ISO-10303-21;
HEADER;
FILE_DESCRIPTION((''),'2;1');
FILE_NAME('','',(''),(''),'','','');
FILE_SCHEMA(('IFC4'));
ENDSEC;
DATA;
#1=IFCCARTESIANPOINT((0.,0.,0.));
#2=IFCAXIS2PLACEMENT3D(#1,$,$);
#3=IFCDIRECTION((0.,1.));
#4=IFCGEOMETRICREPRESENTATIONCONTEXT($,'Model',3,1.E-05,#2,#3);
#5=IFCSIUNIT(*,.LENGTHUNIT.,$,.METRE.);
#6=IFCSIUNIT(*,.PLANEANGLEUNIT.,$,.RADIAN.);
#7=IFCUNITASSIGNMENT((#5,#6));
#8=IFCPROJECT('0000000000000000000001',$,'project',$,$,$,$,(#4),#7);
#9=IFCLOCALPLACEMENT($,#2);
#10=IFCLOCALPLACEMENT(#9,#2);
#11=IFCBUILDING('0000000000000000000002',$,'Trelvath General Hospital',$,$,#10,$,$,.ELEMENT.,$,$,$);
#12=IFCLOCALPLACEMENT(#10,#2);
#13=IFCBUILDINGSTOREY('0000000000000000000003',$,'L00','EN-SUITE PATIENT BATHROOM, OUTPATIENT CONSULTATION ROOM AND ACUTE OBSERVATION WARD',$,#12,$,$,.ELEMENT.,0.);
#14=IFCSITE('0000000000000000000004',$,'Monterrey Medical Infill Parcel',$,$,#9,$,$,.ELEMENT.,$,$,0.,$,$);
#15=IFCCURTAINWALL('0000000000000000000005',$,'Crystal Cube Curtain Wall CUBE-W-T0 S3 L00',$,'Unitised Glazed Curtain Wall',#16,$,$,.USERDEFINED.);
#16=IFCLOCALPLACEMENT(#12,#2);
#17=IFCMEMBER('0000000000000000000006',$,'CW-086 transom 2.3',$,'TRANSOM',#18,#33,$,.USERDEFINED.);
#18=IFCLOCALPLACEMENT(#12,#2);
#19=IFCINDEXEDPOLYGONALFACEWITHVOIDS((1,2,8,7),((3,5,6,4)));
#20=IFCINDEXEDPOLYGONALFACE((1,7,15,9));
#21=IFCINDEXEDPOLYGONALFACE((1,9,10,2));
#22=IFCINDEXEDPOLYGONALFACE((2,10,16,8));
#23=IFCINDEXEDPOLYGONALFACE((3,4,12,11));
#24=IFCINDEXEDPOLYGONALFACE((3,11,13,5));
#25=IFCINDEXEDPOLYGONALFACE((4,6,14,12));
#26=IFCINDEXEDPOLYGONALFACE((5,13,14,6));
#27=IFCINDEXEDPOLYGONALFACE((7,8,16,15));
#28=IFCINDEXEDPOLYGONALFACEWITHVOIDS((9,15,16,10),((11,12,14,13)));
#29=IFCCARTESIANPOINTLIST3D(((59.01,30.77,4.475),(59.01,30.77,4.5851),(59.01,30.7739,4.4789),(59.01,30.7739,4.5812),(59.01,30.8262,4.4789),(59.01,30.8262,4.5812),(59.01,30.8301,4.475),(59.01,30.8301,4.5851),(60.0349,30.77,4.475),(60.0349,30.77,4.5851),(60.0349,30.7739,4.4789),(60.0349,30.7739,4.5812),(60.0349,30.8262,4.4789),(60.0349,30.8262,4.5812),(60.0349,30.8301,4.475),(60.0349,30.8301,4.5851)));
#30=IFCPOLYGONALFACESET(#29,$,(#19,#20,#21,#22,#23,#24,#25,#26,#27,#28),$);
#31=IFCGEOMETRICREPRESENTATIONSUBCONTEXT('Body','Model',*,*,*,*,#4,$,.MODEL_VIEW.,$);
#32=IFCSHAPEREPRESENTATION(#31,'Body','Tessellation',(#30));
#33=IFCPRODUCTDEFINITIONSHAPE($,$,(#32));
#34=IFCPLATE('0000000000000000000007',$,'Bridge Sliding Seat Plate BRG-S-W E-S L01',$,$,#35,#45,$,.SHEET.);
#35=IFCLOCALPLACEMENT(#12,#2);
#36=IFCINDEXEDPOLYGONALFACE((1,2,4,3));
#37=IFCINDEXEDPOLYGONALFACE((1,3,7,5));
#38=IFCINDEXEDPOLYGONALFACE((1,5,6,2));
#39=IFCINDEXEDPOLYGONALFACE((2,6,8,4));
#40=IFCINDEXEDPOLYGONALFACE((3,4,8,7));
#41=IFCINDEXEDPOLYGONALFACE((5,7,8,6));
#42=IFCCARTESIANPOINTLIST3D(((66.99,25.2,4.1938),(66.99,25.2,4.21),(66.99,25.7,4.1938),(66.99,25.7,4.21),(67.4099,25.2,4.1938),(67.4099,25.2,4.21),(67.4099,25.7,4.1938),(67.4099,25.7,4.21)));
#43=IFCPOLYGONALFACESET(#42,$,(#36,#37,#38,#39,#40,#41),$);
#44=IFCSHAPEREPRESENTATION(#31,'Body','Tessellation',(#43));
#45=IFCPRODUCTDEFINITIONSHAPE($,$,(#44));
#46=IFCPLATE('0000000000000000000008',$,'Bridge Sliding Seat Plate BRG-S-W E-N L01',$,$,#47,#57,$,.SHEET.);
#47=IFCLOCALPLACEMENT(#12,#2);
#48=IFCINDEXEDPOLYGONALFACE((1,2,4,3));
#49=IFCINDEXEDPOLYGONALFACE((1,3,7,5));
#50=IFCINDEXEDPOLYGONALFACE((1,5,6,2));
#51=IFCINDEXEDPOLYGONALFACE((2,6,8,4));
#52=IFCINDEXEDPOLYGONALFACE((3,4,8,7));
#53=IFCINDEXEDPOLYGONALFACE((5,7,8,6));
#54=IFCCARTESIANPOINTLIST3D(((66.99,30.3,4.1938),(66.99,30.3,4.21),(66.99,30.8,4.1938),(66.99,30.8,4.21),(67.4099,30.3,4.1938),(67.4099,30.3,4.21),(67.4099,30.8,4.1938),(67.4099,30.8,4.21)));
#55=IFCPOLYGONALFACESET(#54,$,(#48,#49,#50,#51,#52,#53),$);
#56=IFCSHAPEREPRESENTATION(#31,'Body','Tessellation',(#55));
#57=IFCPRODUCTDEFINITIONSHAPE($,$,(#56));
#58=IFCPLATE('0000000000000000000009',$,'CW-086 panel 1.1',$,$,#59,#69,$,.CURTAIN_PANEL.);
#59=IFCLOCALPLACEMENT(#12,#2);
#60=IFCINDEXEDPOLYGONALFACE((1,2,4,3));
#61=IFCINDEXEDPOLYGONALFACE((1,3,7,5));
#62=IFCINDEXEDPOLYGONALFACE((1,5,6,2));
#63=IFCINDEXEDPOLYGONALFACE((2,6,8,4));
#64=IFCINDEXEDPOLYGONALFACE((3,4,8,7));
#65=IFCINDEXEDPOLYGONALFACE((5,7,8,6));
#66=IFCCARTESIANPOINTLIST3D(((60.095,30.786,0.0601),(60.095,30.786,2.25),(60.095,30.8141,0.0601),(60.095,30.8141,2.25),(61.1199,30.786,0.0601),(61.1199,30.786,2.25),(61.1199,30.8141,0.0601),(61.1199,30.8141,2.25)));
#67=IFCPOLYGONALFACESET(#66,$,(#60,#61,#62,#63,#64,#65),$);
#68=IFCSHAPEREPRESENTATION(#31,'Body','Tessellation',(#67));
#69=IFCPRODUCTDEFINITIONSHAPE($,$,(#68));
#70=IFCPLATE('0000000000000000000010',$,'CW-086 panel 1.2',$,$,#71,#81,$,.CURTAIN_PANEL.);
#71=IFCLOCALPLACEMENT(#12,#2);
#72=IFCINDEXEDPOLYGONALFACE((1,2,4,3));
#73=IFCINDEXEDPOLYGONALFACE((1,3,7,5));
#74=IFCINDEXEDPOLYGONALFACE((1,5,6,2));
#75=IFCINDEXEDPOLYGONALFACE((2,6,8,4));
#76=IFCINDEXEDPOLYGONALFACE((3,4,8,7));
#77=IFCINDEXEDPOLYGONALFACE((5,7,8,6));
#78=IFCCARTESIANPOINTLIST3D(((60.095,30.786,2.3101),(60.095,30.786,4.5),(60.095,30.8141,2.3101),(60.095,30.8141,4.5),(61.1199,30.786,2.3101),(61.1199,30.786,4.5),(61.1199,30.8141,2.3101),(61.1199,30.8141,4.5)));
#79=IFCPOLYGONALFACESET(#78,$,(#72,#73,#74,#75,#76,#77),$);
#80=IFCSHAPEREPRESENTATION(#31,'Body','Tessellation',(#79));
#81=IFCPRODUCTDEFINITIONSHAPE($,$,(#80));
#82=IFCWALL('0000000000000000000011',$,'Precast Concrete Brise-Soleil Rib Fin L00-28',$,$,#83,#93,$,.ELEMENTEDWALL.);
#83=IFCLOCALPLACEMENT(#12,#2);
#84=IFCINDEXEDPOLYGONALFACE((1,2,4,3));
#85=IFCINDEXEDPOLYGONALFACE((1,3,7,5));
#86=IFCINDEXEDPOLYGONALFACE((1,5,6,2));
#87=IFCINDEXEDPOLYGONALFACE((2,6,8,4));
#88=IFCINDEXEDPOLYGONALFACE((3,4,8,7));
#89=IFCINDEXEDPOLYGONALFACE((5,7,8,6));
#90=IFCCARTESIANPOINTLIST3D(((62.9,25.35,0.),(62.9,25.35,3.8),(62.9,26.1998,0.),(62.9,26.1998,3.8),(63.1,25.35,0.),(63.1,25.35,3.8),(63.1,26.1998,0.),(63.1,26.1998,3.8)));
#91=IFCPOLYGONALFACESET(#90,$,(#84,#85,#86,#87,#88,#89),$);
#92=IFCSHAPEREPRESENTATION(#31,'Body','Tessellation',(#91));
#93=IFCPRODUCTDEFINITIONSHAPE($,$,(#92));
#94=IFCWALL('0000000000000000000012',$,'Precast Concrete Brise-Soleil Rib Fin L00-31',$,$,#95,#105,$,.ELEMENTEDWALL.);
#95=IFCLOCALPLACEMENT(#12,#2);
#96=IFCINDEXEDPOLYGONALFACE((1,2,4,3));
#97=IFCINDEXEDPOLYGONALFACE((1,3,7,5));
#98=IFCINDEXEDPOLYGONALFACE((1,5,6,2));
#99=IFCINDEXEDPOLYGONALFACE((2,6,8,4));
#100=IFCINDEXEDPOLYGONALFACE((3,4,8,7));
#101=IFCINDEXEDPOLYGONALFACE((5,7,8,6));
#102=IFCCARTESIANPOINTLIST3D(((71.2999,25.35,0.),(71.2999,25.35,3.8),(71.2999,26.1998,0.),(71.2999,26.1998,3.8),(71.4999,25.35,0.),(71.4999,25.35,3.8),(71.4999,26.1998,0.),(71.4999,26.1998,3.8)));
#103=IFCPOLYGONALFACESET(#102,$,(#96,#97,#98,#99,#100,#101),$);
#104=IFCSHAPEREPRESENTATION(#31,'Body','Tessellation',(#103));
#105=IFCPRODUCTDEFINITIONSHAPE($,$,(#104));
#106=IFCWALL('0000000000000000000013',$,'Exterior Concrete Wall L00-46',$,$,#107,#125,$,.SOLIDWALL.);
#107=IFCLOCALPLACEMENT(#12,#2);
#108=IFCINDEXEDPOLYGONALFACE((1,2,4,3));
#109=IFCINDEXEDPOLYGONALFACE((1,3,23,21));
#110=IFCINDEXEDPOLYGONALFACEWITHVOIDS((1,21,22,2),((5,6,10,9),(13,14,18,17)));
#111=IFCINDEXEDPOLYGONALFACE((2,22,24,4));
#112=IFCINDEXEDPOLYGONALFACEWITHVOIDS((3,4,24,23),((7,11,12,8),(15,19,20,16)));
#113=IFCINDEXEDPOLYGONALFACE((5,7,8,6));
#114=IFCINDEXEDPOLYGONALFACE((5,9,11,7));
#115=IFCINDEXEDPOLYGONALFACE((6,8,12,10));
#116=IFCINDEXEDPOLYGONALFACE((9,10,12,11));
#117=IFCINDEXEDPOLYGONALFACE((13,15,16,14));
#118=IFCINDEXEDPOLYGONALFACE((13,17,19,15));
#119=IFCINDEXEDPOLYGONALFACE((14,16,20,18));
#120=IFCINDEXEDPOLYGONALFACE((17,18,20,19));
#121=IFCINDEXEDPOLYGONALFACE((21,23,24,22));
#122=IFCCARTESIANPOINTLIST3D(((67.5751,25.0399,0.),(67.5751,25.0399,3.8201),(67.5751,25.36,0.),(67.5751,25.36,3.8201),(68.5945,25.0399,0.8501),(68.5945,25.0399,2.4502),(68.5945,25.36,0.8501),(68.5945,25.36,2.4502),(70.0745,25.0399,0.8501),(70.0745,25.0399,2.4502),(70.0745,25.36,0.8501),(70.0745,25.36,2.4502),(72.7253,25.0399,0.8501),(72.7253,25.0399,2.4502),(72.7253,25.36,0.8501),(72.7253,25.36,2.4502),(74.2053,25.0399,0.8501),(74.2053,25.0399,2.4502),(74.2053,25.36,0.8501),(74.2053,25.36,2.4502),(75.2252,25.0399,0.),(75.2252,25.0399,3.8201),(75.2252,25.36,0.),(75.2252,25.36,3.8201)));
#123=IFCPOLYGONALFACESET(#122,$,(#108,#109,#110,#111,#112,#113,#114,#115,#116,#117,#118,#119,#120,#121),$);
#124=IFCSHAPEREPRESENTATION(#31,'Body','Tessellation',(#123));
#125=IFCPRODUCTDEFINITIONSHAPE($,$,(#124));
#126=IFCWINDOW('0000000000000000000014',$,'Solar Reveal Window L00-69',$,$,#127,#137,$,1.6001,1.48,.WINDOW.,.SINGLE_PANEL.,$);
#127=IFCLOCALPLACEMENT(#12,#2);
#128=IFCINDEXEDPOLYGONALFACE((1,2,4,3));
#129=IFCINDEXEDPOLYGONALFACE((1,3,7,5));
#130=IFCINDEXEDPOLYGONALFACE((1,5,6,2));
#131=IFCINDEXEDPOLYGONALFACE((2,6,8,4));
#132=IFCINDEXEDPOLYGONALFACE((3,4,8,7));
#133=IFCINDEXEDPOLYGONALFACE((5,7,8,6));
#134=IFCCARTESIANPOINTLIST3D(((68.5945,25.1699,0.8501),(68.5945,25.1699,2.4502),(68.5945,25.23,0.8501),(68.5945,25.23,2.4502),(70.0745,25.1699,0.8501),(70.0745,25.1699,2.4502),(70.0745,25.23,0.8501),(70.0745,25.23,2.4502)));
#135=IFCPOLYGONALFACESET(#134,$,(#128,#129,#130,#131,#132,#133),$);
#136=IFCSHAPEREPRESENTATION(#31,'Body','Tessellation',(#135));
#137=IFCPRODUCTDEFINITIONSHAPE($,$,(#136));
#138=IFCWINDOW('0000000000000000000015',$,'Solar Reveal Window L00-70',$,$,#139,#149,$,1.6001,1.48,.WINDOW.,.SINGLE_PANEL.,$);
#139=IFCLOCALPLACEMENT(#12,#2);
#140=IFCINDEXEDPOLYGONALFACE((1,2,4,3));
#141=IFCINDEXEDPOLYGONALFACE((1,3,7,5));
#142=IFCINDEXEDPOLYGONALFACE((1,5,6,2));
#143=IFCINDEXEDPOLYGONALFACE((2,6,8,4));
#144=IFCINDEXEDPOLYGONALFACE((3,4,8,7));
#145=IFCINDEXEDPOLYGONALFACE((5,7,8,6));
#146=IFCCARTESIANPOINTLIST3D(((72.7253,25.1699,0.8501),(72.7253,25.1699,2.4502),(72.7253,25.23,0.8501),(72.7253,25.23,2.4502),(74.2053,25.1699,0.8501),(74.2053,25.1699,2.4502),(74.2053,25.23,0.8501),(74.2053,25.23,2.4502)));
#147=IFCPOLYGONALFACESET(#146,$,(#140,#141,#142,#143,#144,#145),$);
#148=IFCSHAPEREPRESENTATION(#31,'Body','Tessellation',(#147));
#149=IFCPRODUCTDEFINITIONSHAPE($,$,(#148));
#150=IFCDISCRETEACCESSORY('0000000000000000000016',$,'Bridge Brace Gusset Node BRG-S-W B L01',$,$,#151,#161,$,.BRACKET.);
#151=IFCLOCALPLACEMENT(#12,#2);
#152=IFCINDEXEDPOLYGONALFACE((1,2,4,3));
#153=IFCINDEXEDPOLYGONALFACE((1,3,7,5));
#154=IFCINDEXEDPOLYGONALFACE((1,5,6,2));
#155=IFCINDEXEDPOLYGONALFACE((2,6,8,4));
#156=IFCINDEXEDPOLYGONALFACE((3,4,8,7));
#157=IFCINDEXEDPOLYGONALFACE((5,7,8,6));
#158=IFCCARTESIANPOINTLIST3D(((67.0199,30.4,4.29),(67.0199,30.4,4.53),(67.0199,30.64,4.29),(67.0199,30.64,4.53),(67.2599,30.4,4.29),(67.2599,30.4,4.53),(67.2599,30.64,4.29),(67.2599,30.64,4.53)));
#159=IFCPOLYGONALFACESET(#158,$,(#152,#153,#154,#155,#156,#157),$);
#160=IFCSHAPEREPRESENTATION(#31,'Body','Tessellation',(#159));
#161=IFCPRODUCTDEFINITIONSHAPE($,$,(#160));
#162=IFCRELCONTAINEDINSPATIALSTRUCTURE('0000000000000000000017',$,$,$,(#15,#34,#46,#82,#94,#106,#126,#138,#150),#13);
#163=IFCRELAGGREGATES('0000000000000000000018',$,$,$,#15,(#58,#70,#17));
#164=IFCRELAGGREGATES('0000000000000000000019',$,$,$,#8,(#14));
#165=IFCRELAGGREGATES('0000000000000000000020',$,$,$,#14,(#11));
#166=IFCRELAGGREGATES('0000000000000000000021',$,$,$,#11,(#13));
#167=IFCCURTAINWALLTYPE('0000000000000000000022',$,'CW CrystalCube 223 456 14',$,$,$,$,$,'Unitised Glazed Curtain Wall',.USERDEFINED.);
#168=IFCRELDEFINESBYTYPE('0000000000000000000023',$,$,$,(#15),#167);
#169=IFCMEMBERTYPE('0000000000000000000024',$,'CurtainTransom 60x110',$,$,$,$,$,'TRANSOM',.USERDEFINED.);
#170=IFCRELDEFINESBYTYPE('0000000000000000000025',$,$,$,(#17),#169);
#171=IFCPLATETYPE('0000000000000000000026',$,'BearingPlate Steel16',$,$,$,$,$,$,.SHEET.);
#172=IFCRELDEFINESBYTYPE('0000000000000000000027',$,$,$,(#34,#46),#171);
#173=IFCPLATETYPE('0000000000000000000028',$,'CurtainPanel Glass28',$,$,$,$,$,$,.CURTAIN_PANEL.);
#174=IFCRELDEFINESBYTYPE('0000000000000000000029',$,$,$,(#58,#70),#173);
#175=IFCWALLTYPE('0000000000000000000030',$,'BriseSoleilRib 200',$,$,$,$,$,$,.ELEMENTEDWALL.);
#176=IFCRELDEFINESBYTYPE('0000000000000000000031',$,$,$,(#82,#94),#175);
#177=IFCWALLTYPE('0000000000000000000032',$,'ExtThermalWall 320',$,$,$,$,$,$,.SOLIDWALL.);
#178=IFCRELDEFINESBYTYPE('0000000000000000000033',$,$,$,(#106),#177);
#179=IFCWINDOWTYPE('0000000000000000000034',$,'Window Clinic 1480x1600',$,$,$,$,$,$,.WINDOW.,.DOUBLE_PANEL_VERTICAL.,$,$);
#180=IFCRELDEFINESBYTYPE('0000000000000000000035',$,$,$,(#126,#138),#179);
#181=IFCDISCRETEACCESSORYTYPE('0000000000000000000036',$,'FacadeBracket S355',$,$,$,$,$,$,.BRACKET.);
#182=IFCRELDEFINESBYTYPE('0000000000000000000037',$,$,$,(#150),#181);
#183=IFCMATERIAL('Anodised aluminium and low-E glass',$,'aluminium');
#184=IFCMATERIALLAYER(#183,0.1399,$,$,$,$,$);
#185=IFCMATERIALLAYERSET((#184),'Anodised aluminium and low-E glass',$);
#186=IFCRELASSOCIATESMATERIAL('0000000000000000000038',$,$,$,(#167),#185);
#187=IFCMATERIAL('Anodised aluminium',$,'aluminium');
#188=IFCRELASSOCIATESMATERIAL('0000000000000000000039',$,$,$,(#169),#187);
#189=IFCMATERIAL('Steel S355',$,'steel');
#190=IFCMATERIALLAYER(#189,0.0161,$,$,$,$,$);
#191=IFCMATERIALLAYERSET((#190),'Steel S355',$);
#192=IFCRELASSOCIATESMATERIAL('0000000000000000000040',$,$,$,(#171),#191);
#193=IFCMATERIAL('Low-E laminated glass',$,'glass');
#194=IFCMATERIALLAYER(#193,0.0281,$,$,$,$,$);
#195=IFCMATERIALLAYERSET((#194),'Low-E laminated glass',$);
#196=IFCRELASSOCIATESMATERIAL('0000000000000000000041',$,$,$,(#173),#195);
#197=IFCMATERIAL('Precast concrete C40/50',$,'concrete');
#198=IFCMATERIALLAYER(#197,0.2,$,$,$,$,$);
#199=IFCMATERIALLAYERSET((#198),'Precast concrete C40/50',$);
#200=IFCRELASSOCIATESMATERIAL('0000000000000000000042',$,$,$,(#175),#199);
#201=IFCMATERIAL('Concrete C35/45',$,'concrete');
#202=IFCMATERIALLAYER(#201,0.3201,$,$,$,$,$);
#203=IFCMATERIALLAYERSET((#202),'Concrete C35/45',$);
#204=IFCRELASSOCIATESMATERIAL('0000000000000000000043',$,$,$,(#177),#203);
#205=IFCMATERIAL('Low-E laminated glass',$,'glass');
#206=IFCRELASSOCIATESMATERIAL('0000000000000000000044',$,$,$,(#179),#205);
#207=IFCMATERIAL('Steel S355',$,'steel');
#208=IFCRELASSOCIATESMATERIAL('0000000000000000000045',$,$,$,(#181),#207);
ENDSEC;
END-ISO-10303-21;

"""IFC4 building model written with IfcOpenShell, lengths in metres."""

from ifc_helpers import new_model, si_unit, direction, frame, frame_2d, origin, origin_2d, place, context, subcontext, project, spatial, rectangle, hollow_rectangle, extrude, material, layer, layer_set, material_profile, profile_set, type_object, element, fill, aggregate, save


model = new_model("IFC4")

# Units and contexts
model_context = context("Model", 3, precision=1e-05, world=origin(), true_north=direction((0.0, 1.0)))
body_context = subcontext(model_context, "Body", "Model", "MODEL_VIEW")
ifc_project = project(units=[si_unit("LENGTHUNIT", "METRE"), si_unit("PLANEANGLEUNIT", "RADIAN")], contexts=[model_context])

# Site, building, storey
site_placement = place(None, origin())
site = spatial("IfcSite", under=ifc_project, at=site_placement, Name="Monterrey Medical Infill Parcel", CompositionType="ELEMENT", RefElevation=0.0)
building_placement = place(site_placement, origin())
building = spatial("IfcBuilding", under=site, at=building_placement, Name="Trelvath General Hospital", CompositionType="ELEMENT")
storey_placement = place(building_placement, origin())
storey = spatial("IfcBuildingStorey", under=building, at=storey_placement, Name="L00", Description="EN-SUITE PATIENT BATHROOM, OUTPATIENT CONSULTATION ROOM AND ACUTE OBSERVATION WARD", CompositionType="ELEMENT", Elevation=0.0)

# Curtain wall, member
ifc_material_1 = material(Name="Anodised aluminium and low-E glass", Category="aluminium")
ifc_layer_1 = layer(ifc_material_1, 0.1399)
ifc_layer_set_1 = layer_set([ifc_layer_1], Name="Anodised aluminium and low-E glass")
curtain_wall_type = type_object("IfcCurtainWallType", Name="CW CrystalCube 223 456 14", ElementType="Unitised Glazed Curtain Wall", PredefinedType="USERDEFINED", material=ifc_layer_set_1)
curtain_wall_placement = place(storey_placement, origin())
curtain_wall = element("IfcCurtainWall", 1, at=curtain_wall_placement, inside=storey, type_object=curtain_wall_type, Name="Crystal Cube Curtain Wall CUBE-W-T0 S3 L00", ObjectType="Unitised Glazed Curtain Wall", PredefinedType="USERDEFINED")
ifc_material_2 = material(Name="Anodised aluminium", Category="aluminium")
ifc_material_profile_1 = material_profile(ifc_material_2, hollow_rectangle(XDim=0.0601, YDim=0.1101, WallThickness=0.0039, at=origin_2d()), Name="RHS60x110x4")
ifc_profile_set_1 = profile_set([ifc_material_profile_1], Name="Anodised aluminium")
member_type_1 = type_object("IfcMemberType", Name="CurtainTransom 60x110", ElementType="TRANSOM", PredefinedType="USERDEFINED", material=ifc_profile_set_1)
member_1_placement = place(storey_placement, frame((60.0349, 30.8, 4.53), z_axis=(-1.0, 0.0, 0.0), x_axis=(0.0, -1.0, 0.0)))
member_1 = element("IfcMember", 2, at=member_1_placement, type_object=member_type_1, Name="CW-086 transom 2.3", ObjectType="TRANSOM", PredefinedType="USERDEFINED", context=body_context, shape_type="SweptSolid", body=[
    extrude(hollow_rectangle(XDim=0.0601, YDim=0.1101, WallThickness=0.0039, at=origin_2d()), origin(), (0.0, 0.0, 1.0), 1.0249),
])

# Plates
ifc_material_3 = material(Name="Steel S355", Category="steel")
ifc_layer_2 = layer(ifc_material_3, 0.0161)
ifc_layer_set_2 = layer_set([ifc_layer_2], Name="Steel S355")
plate_type_1 = type_object("IfcPlateType", Name="BearingPlate Steel16", PredefinedType="SHEET", material=ifc_layer_set_2)
for number, where, z_axis, x_axis, name in (
    (3, (67.2, 25.45, 4.1938), (0.0, 0.0, 1.0), (1.0, 0.0, 0.0), "Bridge Sliding Seat Plate BRG-S-W E-S L01"),
    (4, (67.2, 30.55, 4.1938), (0.0, 0.0, 1.0), (1.0, 0.0, 0.0), "Bridge Sliding Seat Plate BRG-S-W E-N L01"),
):
    element("IfcPlate", number, at=place(storey_placement, frame(where, z_axis=z_axis, x_axis=x_axis)), inside=storey, type_object=plate_type_1, Name=name, PredefinedType="SHEET", context=body_context, shape_type="SweptSolid", body=[
        extrude(rectangle(XDim=0.4199, YDim=0.5, at=origin_2d()), origin(), (0.0, 0.0, 1.0), 0.0161),
    ])

# Plates
ifc_material_4 = material(Name="Low-E laminated glass", Category="glass")
ifc_layer_3 = layer(ifc_material_4, 0.0281)
ifc_layer_set_3 = layer_set([ifc_layer_3], Name="Low-E laminated glass")
plate_type_2 = type_object("IfcPlateType", Name="CurtainPanel Glass28", PredefinedType="CURTAIN_PANEL", material=ifc_layer_set_3)
plate_1_placement = place(storey_placement, frame((60.6074, 30.8, 0.0601), z_axis=(0.0, 0.0, 1.0), x_axis=(-1.0, 0.0, 0.0)))
plate_1 = element("IfcPlate", 5, at=plate_1_placement, type_object=plate_type_2, Name="CW-086 panel 1.1", PredefinedType="CURTAIN_PANEL", context=body_context, shape_type="SweptSolid", body=[
    extrude(rectangle(XDim=1.0249, YDim=0.0281, at=origin_2d()), origin(), (0.0, 0.0, 1.0), 2.1899),
])
plate_2_placement = place(storey_placement, frame((60.6074, 30.8, 2.3101), z_axis=(0.0, 0.0, 1.0), x_axis=(-1.0, 0.0, 0.0)))
plate_2 = element("IfcPlate", 6, at=plate_2_placement, type_object=plate_type_2, Name="CW-086 panel 1.2", PredefinedType="CURTAIN_PANEL", context=body_context, shape_type="SweptSolid", body=[
    extrude(rectangle(XDim=1.0249, YDim=0.0281, at=origin_2d()), origin(), (0.0, 0.0, 1.0), 2.1899),
])
aggregate(curtain_wall, [plate_1, plate_2, member_1])

# Walls
ifc_material_5 = material(Name="Precast concrete C40/50", Category="concrete")
ifc_layer_4 = layer(ifc_material_5, 0.2)
ifc_layer_set_4 = layer_set([ifc_layer_4], Name="Precast concrete C40/50")
wall_type_1 = type_object("IfcWallType", Name="BriseSoleilRib 200", PredefinedType="ELEMENTEDWALL", material=ifc_layer_set_4)
for number, where, z_axis, x_axis, name in (
    (7, (63.0, 25.3501, 0.0), (0.0, 0.0, 1.0), (0.0, 1.0, 0.0), "Precast Concrete Brise-Soleil Rib Fin L00-28"),
    (8, (71.3999, 25.3501, 0.0), (0.0, 0.0, 1.0), (0.0, 1.0, 0.0), "Precast Concrete Brise-Soleil Rib Fin L00-31"),
):
    element("IfcWall", number, at=place(storey_placement, frame(where, z_axis=z_axis, x_axis=x_axis)), inside=storey, type_object=wall_type_1, Name=name, PredefinedType="ELEMENTEDWALL", context=body_context, shape_type="SweptSolid", body=[
        extrude(rectangle(XDim=0.8499, YDim=0.2, at=frame_2d((0.4248, 0.0))), origin(), (0.0, 0.0, 1.0), 3.8),
    ])

# Wall, openings, windows
ifc_material_6 = material(Name="Concrete C35/45", Category="concrete")
ifc_layer_5 = layer(ifc_material_6, 0.3201)
ifc_layer_set_5 = layer_set([ifc_layer_5], Name="Concrete C35/45")
wall_type_2 = type_object("IfcWallType", Name="ExtThermalWall 320", PredefinedType="SOLIDWALL", material=ifc_layer_set_5)
wall_placement = place(storey_placement, frame((67.575, 25.2, 0.0), z_axis=(0.0, 0.0, 1.0), x_axis=(1.0, 0.0, 0.0)))
wall = element("IfcWall", 9, at=wall_placement, inside=storey, type_object=wall_type_2, Name="Exterior Concrete Wall L00-46", PredefinedType="SOLIDWALL", context=body_context, shape_type="SweptSolid", body=[
    extrude(rectangle(XDim=7.6501, YDim=0.3201, at=frame_2d((3.8252, 0.0))), origin(), (0.0, 0.0, 1.0), 3.8201),
])
opening_1_placement = place(wall_placement, frame((1.0195, 0.0, 0.8501)))
opening_1 = element("IfcOpeningElement", 10, at=opening_1_placement, cuts=wall, PredefinedType="OPENING", context=body_context, shape_type="SweptSolid", body=[
    extrude(rectangle(XDim=1.48, YDim=1.6001, at=frame_2d((0.74, 0.8))), frame((0.0, 0.1699, 0.0), z_axis=(0.0, -1.0, 0.0), x_axis=(1.0, 0.0, 0.0)), (0.0, 0.0, 1.0), 0.3401),
])
opening_2_placement = place(wall_placement, frame((5.1504, 0.0, 0.8501)))
opening_2 = element("IfcOpeningElement", 11, at=opening_2_placement, cuts=wall, PredefinedType="OPENING", context=body_context, shape_type="SweptSolid", body=[
    extrude(rectangle(XDim=1.48, YDim=1.6001, at=frame_2d((0.74, 0.8))), frame((0.0, 0.1699, 0.0), z_axis=(0.0, -1.0, 0.0), x_axis=(1.0, 0.0, 0.0)), (0.0, 0.0, 1.0), 0.3401),
])
ifc_material_7 = material(Name="Low-E laminated glass", Category="glass")
window_type = type_object("IfcWindowType", Name="Window Clinic 1480x1600", PartitioningType="DOUBLE_PANEL_VERTICAL", PredefinedType="WINDOW", material=ifc_material_7)
window_1_placement = place(opening_1_placement, origin())
window_1 = element("IfcWindow", 12, at=window_1_placement, inside=storey, type_object=window_type, Name="Solar Reveal Window L00-69", OverallHeight=1.6001, OverallWidth=1.48, PartitioningType="SINGLE_PANEL", PredefinedType="WINDOW", context=body_context, shape_type="SweptSolid", body=[
    extrude(rectangle(XDim=1.48, YDim=1.6001, at=frame_2d((0.74, 0.8))), frame((0.0, 0.03, 0.0), z_axis=(0.0, -1.0, 0.0), x_axis=(1.0, 0.0, 0.0)), (0.0, 0.0, 1.0), 0.0601),
])
fill(opening_1, window_1)
window_2_placement = place(opening_2_placement, origin())
window_2 = element("IfcWindow", 13, at=window_2_placement, inside=storey, type_object=window_type, Name="Solar Reveal Window L00-70", OverallHeight=1.6001, OverallWidth=1.48, PartitioningType="SINGLE_PANEL", PredefinedType="WINDOW", context=body_context, shape_type="SweptSolid", body=[
    extrude(rectangle(XDim=1.48, YDim=1.6001, at=frame_2d((0.74, 0.8))), frame((0.0, 0.03, 0.0), z_axis=(0.0, -1.0, 0.0), x_axis=(1.0, 0.0, 0.0)), (0.0, 0.0, 1.0), 0.0601),
])
fill(opening_2, window_2)

# Discrete accessory
ifc_material_8 = material(Name="Steel S355", Category="steel")
discrete_accessory_type = type_object("IfcDiscreteAccessoryType", Name="FacadeBracket S355", PredefinedType="BRACKET", material=ifc_material_8)
discrete_accessory_placement = place(storey_placement, frame((67.1399, 30.52, 4.29), z_axis=(0.0, 0.0, 1.0), x_axis=(1.0, 0.0, 0.0)))
element("IfcDiscreteAccessory", 14, at=discrete_accessory_placement, inside=storey, type_object=discrete_accessory_type, Name="Bridge Brace Gusset Node BRG-S-W B L01", PredefinedType="BRACKET", context=body_context, shape_type="SweptSolid", body=[
    extrude(rectangle(XDim=0.24, YDim=0.24, at=origin_2d()), origin(), (0.0, 0.0, 1.0), 0.24),
])

save(model, "model.ifc")
